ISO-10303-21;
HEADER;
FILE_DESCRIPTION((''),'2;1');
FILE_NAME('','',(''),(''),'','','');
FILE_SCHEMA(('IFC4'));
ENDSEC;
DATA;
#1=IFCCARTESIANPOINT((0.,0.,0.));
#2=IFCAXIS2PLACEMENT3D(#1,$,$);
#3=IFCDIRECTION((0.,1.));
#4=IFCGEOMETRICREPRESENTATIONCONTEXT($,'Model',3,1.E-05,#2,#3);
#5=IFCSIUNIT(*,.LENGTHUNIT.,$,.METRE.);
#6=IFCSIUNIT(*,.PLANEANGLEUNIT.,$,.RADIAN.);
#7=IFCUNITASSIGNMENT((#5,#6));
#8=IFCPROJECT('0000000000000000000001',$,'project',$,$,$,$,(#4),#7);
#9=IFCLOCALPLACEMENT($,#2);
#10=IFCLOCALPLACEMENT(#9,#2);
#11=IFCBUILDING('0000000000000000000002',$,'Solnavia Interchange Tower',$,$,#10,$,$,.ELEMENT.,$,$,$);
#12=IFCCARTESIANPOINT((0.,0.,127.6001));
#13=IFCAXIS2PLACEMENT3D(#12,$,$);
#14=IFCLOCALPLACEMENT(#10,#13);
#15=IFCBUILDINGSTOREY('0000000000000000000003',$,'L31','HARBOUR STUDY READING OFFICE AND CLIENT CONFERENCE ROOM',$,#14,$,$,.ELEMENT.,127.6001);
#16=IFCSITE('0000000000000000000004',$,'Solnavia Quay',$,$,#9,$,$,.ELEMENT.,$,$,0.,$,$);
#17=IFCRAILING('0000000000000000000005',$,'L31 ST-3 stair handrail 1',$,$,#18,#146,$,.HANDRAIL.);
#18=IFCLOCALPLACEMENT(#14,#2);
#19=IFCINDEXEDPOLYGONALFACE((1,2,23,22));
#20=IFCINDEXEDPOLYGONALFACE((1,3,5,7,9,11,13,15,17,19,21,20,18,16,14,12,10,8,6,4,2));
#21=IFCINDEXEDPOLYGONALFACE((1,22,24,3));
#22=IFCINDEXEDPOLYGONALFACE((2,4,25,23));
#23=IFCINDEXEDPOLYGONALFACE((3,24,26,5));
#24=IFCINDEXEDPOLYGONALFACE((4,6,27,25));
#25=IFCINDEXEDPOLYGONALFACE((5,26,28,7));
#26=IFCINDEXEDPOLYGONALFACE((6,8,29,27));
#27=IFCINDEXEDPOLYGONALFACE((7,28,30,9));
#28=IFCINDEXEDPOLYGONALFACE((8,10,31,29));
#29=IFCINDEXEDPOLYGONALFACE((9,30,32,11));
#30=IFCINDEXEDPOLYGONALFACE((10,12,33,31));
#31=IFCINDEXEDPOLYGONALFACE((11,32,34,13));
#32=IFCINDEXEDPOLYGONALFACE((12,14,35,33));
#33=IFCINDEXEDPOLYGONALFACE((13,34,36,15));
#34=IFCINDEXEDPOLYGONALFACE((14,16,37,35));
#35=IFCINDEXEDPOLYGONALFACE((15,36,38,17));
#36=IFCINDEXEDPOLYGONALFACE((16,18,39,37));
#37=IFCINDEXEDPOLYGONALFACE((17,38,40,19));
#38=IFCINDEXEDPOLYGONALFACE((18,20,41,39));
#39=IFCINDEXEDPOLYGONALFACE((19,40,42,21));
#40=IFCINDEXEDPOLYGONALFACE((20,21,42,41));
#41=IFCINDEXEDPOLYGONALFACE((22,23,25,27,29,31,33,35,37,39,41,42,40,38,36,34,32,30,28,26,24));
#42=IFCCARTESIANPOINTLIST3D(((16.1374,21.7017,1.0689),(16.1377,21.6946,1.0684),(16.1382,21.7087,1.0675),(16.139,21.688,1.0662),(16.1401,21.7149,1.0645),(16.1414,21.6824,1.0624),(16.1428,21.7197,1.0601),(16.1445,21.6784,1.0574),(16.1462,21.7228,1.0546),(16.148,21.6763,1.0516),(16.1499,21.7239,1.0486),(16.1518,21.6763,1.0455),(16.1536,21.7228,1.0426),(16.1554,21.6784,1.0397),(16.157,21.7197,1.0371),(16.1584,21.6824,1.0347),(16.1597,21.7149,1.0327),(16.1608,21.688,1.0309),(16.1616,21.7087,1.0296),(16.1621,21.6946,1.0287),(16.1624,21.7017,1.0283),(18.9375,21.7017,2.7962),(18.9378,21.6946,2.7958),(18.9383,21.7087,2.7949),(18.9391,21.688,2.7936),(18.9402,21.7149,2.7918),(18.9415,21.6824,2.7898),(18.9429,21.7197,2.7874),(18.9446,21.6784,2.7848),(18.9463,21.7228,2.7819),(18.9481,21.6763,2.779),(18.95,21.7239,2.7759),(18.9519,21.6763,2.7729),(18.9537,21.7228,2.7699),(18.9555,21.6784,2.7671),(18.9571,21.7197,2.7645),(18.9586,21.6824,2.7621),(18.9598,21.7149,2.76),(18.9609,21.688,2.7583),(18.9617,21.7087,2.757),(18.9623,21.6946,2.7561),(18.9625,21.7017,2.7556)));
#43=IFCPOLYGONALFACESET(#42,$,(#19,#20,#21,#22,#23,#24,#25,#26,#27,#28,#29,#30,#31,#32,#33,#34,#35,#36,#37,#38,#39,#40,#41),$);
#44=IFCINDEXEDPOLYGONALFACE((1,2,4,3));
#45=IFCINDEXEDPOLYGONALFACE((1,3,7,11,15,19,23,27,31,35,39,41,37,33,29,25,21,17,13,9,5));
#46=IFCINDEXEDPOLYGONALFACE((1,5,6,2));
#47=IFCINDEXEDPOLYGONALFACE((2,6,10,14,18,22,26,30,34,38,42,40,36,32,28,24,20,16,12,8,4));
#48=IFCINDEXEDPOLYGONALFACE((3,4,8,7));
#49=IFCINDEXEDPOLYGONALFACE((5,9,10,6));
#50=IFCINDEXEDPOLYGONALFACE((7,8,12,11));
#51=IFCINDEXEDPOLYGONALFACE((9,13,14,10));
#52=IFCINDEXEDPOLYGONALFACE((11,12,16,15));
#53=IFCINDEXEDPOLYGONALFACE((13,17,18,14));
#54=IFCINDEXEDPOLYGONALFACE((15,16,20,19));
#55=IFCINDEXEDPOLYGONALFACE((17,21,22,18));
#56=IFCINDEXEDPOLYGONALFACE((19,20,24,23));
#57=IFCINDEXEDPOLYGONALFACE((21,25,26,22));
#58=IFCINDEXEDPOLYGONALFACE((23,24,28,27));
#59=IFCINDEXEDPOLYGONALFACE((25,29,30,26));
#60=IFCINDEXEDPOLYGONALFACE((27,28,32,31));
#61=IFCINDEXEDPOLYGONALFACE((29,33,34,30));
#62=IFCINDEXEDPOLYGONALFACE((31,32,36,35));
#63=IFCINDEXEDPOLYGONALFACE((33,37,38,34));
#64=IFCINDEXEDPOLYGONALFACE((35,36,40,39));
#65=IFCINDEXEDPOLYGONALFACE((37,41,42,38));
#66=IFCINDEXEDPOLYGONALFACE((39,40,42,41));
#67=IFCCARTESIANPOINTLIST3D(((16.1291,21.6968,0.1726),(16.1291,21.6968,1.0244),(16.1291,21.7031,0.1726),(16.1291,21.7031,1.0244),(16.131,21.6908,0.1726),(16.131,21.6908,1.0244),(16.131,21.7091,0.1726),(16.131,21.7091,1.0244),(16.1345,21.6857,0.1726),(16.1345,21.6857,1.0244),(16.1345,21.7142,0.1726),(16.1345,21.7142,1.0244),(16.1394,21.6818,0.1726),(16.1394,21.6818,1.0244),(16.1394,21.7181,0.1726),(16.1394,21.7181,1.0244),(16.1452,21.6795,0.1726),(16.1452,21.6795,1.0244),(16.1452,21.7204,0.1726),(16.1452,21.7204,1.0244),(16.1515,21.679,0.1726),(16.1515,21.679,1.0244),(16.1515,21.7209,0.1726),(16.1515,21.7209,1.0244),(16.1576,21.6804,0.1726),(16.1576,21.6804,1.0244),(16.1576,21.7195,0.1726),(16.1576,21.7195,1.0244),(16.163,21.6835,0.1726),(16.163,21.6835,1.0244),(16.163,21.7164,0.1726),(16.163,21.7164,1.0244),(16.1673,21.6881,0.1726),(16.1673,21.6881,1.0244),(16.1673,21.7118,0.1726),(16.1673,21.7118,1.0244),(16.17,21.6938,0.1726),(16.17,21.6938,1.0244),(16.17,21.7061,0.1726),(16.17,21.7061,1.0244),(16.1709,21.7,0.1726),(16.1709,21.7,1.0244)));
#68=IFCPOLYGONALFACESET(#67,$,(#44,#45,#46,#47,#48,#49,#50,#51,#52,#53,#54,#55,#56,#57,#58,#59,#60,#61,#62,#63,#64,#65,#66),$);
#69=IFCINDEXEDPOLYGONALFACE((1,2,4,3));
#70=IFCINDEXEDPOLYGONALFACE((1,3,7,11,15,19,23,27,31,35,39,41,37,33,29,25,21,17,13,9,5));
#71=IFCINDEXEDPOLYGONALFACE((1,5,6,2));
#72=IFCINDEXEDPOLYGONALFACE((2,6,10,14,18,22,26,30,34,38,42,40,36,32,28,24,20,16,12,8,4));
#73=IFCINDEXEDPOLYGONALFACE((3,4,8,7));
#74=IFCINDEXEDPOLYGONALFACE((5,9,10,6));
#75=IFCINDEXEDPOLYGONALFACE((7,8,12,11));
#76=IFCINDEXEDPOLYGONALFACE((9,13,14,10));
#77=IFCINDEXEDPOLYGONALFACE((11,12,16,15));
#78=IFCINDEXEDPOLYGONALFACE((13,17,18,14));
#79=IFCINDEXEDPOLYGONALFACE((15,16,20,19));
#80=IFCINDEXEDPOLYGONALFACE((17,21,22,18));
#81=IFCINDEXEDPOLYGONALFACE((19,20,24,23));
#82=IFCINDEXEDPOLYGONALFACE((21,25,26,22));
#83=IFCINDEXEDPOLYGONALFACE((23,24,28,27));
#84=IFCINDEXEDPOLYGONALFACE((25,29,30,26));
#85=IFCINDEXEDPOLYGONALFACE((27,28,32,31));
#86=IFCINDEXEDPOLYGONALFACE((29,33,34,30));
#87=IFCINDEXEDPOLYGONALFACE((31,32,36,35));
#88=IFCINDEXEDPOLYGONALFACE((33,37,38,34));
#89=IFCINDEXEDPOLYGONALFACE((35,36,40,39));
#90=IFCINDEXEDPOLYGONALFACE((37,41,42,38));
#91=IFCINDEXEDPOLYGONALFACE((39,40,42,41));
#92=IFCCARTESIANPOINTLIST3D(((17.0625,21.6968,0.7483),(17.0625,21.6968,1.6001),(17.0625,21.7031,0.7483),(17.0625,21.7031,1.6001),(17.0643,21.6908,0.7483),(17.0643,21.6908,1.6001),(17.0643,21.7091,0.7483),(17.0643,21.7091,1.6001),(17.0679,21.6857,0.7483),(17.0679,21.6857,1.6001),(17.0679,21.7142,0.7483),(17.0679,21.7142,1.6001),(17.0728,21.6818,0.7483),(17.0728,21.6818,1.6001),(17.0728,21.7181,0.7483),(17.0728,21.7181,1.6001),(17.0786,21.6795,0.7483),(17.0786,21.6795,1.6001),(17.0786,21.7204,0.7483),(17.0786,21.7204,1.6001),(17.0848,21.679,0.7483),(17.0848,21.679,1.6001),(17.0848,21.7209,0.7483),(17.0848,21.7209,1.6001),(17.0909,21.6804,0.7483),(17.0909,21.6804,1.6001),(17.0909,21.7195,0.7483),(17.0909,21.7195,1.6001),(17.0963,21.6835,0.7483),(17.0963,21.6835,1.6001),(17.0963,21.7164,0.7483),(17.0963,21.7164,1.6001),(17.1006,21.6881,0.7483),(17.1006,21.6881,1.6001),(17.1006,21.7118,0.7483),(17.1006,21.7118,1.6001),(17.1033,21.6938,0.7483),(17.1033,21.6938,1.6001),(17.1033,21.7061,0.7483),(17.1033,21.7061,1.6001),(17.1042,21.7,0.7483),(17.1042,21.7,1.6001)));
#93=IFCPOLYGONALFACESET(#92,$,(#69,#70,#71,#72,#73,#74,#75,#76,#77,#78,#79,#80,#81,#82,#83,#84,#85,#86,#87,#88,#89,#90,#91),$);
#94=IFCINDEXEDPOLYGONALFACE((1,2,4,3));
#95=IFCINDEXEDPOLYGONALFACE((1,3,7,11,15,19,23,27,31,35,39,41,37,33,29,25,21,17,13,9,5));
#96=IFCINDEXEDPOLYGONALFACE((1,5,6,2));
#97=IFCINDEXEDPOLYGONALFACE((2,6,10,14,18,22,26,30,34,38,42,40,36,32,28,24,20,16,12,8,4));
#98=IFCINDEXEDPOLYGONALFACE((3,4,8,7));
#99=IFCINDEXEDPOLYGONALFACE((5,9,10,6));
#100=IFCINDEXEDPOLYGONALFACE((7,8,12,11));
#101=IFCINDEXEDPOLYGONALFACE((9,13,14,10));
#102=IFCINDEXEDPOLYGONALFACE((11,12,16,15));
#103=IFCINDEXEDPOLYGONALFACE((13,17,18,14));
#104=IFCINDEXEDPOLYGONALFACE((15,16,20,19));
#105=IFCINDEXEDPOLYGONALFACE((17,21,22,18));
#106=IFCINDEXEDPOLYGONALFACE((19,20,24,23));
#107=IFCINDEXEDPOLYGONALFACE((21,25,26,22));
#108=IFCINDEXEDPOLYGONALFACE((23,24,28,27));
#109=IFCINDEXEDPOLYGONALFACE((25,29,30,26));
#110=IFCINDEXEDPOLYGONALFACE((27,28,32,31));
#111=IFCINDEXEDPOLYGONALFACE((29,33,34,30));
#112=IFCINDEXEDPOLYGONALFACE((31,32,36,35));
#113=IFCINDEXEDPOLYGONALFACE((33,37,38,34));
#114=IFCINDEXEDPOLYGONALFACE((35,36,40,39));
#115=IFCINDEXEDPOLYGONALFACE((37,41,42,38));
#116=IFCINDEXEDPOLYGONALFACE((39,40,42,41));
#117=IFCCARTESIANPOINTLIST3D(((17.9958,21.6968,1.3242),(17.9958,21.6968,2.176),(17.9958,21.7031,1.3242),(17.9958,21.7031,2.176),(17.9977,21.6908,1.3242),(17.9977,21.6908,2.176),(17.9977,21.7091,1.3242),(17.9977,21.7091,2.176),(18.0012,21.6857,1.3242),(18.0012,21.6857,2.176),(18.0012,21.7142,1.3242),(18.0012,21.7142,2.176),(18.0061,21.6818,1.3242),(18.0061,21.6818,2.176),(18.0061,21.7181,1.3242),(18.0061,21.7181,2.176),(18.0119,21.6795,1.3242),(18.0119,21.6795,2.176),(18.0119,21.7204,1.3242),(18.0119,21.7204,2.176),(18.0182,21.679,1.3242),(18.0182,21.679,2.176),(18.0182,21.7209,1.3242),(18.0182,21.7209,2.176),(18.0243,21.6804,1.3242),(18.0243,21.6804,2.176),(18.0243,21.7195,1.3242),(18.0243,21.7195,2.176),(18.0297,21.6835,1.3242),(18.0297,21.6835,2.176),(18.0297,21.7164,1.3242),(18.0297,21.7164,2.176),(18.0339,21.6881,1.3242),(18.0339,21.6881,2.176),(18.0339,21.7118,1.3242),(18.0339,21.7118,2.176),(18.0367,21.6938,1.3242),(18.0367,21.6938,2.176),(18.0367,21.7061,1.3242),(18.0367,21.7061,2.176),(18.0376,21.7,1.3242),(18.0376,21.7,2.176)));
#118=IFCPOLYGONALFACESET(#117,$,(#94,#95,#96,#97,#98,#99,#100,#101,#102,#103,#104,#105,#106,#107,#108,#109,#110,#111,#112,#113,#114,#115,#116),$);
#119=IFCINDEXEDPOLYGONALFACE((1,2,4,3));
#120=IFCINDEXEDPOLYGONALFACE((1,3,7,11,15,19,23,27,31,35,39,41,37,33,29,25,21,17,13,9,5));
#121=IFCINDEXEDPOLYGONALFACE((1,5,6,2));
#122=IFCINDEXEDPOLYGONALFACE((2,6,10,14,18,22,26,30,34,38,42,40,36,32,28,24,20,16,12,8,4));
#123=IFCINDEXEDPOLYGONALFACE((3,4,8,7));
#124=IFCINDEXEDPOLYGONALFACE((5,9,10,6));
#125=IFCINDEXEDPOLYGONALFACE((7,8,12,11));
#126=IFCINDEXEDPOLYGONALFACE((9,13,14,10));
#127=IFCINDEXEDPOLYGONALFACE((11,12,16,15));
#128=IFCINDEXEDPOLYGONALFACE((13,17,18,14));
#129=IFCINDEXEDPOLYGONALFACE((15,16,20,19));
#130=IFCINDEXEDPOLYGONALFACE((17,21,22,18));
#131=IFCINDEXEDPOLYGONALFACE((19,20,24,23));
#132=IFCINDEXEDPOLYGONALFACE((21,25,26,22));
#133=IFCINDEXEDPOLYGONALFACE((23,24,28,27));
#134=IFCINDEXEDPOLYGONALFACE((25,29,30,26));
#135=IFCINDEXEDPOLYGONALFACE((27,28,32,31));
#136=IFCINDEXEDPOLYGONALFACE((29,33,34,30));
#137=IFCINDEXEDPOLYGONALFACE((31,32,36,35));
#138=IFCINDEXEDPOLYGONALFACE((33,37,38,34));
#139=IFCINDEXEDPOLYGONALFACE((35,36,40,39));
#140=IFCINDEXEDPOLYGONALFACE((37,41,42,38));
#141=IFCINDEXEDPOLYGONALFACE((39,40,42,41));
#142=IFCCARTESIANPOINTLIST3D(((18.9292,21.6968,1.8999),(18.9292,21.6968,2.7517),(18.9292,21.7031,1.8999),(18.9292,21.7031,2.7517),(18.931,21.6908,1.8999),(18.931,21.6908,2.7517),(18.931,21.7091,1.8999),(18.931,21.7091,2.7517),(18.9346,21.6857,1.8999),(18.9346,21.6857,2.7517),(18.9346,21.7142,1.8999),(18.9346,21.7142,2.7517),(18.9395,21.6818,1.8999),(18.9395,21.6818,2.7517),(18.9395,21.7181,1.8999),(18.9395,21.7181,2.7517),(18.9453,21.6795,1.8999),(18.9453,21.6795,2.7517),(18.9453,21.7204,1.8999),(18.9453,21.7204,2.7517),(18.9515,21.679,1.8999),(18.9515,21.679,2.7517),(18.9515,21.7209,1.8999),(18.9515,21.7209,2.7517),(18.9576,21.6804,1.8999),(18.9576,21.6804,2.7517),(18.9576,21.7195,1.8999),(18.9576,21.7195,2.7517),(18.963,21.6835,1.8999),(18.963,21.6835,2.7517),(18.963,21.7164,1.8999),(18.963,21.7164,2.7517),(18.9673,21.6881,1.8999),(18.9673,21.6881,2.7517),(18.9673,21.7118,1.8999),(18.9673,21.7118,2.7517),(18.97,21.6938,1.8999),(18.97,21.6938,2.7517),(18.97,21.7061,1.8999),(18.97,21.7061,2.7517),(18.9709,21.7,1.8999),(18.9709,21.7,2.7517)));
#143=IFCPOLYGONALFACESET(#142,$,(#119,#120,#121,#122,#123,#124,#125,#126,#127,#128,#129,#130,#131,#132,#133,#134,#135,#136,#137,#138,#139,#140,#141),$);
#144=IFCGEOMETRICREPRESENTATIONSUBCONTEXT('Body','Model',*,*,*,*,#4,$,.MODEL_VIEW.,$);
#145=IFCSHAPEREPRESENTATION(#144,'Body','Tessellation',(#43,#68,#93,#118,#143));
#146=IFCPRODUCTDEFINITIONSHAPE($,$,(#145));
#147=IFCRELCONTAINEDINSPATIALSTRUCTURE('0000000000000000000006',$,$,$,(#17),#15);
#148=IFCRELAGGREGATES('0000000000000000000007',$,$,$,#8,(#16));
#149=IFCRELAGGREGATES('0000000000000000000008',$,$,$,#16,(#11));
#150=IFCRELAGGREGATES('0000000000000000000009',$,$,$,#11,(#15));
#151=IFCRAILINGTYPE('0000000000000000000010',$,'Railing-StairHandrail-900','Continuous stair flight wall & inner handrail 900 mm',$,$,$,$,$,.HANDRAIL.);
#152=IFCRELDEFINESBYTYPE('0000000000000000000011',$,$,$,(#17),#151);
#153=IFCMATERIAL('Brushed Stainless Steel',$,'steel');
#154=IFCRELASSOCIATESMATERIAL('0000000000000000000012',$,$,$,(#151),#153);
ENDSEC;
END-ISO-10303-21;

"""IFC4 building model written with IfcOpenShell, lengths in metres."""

from ifc_helpers import new_model, si_unit, direction, frame, origin, origin_2d, place, context, subcontext, project, spatial, circle, extrude, material, type_object, element, save


model = new_model("IFC4")

# Units and contexts
model_context = context("Model", 3, precision=1e-05, world=origin(), true_north=direction((0.0, 1.0)))
body_context = subcontext(model_context, "Body", "Model", "MODEL_VIEW")
ifc_project = project(units=[si_unit("LENGTHUNIT", "METRE"), si_unit("PLANEANGLEUNIT", "RADIAN")], contexts=[model_context])

# Site, building, storey
site_placement = place(None, origin())
site = spatial("IfcSite", under=ifc_project, at=site_placement, Name="Solnavia Quay", CompositionType="ELEMENT", RefElevation=0.0)
building_placement = place(site_placement, origin())
building = spatial("IfcBuilding", under=site, at=building_placement, Name="Solnavia Interchange Tower", CompositionType="ELEMENT")
storey_placement = place(building_placement, frame((0.0, 0.0, 127.6001)))
storey = spatial("IfcBuildingStorey", under=building, at=storey_placement, Name="L31", Description="HARBOUR STUDY READING OFFICE AND CLIENT CONFERENCE ROOM", CompositionType="ELEMENT", Elevation=127.6001)

# Railing
ifc_material_1 = material(Name="Brushed Stainless Steel", Category="steel")
railing_type_1 = type_object("IfcRailingType", Name="Railing-StairHandrail-900", Description="Continuous stair flight wall & inner handrail 900 mm", PredefinedType="HANDRAIL", material=ifc_material_1)
railing_1_placement = place(storey_placement, frame((16.1499, 21.7, 0.1726)))
element("IfcRailing", 1, at=railing_1_placement, inside=storey, type_object=railing_type_1, Name="L31 ST-3 stair handrail 1", PredefinedType="HANDRAIL", context=body_context, shape_type="SweptSolid", body=[
    extrude(circle(Radius=0.0239, at=origin_2d()), frame((0.0, 0.0, 0.876), z_axis=(0.85109, 0.0, 0.52502), x_axis=(0.0, 1.0, 0.0)), (0.0, 0.0, 1.0), 3.29),
    extrude(circle(Radius=0.021, at=origin_2d()), origin(), (0.0, 0.0, 1.0), 0.8518),
    extrude(circle(Radius=0.021, at=origin_2d()), frame((0.9333, 0.0, 0.5757)), (0.0, 0.0, 1.0), 0.8518),
    extrude(circle(Radius=0.021, at=origin_2d()), frame((1.8667, 0.0, 1.1516)), (0.0, 0.0, 1.0), 0.8518),
    extrude(circle(Radius=0.021, at=origin_2d()), frame((2.8, 0.0, 1.7273)), (0.0, 0.0, 1.0), 0.8518),
])

save(model, "model.ifc")
